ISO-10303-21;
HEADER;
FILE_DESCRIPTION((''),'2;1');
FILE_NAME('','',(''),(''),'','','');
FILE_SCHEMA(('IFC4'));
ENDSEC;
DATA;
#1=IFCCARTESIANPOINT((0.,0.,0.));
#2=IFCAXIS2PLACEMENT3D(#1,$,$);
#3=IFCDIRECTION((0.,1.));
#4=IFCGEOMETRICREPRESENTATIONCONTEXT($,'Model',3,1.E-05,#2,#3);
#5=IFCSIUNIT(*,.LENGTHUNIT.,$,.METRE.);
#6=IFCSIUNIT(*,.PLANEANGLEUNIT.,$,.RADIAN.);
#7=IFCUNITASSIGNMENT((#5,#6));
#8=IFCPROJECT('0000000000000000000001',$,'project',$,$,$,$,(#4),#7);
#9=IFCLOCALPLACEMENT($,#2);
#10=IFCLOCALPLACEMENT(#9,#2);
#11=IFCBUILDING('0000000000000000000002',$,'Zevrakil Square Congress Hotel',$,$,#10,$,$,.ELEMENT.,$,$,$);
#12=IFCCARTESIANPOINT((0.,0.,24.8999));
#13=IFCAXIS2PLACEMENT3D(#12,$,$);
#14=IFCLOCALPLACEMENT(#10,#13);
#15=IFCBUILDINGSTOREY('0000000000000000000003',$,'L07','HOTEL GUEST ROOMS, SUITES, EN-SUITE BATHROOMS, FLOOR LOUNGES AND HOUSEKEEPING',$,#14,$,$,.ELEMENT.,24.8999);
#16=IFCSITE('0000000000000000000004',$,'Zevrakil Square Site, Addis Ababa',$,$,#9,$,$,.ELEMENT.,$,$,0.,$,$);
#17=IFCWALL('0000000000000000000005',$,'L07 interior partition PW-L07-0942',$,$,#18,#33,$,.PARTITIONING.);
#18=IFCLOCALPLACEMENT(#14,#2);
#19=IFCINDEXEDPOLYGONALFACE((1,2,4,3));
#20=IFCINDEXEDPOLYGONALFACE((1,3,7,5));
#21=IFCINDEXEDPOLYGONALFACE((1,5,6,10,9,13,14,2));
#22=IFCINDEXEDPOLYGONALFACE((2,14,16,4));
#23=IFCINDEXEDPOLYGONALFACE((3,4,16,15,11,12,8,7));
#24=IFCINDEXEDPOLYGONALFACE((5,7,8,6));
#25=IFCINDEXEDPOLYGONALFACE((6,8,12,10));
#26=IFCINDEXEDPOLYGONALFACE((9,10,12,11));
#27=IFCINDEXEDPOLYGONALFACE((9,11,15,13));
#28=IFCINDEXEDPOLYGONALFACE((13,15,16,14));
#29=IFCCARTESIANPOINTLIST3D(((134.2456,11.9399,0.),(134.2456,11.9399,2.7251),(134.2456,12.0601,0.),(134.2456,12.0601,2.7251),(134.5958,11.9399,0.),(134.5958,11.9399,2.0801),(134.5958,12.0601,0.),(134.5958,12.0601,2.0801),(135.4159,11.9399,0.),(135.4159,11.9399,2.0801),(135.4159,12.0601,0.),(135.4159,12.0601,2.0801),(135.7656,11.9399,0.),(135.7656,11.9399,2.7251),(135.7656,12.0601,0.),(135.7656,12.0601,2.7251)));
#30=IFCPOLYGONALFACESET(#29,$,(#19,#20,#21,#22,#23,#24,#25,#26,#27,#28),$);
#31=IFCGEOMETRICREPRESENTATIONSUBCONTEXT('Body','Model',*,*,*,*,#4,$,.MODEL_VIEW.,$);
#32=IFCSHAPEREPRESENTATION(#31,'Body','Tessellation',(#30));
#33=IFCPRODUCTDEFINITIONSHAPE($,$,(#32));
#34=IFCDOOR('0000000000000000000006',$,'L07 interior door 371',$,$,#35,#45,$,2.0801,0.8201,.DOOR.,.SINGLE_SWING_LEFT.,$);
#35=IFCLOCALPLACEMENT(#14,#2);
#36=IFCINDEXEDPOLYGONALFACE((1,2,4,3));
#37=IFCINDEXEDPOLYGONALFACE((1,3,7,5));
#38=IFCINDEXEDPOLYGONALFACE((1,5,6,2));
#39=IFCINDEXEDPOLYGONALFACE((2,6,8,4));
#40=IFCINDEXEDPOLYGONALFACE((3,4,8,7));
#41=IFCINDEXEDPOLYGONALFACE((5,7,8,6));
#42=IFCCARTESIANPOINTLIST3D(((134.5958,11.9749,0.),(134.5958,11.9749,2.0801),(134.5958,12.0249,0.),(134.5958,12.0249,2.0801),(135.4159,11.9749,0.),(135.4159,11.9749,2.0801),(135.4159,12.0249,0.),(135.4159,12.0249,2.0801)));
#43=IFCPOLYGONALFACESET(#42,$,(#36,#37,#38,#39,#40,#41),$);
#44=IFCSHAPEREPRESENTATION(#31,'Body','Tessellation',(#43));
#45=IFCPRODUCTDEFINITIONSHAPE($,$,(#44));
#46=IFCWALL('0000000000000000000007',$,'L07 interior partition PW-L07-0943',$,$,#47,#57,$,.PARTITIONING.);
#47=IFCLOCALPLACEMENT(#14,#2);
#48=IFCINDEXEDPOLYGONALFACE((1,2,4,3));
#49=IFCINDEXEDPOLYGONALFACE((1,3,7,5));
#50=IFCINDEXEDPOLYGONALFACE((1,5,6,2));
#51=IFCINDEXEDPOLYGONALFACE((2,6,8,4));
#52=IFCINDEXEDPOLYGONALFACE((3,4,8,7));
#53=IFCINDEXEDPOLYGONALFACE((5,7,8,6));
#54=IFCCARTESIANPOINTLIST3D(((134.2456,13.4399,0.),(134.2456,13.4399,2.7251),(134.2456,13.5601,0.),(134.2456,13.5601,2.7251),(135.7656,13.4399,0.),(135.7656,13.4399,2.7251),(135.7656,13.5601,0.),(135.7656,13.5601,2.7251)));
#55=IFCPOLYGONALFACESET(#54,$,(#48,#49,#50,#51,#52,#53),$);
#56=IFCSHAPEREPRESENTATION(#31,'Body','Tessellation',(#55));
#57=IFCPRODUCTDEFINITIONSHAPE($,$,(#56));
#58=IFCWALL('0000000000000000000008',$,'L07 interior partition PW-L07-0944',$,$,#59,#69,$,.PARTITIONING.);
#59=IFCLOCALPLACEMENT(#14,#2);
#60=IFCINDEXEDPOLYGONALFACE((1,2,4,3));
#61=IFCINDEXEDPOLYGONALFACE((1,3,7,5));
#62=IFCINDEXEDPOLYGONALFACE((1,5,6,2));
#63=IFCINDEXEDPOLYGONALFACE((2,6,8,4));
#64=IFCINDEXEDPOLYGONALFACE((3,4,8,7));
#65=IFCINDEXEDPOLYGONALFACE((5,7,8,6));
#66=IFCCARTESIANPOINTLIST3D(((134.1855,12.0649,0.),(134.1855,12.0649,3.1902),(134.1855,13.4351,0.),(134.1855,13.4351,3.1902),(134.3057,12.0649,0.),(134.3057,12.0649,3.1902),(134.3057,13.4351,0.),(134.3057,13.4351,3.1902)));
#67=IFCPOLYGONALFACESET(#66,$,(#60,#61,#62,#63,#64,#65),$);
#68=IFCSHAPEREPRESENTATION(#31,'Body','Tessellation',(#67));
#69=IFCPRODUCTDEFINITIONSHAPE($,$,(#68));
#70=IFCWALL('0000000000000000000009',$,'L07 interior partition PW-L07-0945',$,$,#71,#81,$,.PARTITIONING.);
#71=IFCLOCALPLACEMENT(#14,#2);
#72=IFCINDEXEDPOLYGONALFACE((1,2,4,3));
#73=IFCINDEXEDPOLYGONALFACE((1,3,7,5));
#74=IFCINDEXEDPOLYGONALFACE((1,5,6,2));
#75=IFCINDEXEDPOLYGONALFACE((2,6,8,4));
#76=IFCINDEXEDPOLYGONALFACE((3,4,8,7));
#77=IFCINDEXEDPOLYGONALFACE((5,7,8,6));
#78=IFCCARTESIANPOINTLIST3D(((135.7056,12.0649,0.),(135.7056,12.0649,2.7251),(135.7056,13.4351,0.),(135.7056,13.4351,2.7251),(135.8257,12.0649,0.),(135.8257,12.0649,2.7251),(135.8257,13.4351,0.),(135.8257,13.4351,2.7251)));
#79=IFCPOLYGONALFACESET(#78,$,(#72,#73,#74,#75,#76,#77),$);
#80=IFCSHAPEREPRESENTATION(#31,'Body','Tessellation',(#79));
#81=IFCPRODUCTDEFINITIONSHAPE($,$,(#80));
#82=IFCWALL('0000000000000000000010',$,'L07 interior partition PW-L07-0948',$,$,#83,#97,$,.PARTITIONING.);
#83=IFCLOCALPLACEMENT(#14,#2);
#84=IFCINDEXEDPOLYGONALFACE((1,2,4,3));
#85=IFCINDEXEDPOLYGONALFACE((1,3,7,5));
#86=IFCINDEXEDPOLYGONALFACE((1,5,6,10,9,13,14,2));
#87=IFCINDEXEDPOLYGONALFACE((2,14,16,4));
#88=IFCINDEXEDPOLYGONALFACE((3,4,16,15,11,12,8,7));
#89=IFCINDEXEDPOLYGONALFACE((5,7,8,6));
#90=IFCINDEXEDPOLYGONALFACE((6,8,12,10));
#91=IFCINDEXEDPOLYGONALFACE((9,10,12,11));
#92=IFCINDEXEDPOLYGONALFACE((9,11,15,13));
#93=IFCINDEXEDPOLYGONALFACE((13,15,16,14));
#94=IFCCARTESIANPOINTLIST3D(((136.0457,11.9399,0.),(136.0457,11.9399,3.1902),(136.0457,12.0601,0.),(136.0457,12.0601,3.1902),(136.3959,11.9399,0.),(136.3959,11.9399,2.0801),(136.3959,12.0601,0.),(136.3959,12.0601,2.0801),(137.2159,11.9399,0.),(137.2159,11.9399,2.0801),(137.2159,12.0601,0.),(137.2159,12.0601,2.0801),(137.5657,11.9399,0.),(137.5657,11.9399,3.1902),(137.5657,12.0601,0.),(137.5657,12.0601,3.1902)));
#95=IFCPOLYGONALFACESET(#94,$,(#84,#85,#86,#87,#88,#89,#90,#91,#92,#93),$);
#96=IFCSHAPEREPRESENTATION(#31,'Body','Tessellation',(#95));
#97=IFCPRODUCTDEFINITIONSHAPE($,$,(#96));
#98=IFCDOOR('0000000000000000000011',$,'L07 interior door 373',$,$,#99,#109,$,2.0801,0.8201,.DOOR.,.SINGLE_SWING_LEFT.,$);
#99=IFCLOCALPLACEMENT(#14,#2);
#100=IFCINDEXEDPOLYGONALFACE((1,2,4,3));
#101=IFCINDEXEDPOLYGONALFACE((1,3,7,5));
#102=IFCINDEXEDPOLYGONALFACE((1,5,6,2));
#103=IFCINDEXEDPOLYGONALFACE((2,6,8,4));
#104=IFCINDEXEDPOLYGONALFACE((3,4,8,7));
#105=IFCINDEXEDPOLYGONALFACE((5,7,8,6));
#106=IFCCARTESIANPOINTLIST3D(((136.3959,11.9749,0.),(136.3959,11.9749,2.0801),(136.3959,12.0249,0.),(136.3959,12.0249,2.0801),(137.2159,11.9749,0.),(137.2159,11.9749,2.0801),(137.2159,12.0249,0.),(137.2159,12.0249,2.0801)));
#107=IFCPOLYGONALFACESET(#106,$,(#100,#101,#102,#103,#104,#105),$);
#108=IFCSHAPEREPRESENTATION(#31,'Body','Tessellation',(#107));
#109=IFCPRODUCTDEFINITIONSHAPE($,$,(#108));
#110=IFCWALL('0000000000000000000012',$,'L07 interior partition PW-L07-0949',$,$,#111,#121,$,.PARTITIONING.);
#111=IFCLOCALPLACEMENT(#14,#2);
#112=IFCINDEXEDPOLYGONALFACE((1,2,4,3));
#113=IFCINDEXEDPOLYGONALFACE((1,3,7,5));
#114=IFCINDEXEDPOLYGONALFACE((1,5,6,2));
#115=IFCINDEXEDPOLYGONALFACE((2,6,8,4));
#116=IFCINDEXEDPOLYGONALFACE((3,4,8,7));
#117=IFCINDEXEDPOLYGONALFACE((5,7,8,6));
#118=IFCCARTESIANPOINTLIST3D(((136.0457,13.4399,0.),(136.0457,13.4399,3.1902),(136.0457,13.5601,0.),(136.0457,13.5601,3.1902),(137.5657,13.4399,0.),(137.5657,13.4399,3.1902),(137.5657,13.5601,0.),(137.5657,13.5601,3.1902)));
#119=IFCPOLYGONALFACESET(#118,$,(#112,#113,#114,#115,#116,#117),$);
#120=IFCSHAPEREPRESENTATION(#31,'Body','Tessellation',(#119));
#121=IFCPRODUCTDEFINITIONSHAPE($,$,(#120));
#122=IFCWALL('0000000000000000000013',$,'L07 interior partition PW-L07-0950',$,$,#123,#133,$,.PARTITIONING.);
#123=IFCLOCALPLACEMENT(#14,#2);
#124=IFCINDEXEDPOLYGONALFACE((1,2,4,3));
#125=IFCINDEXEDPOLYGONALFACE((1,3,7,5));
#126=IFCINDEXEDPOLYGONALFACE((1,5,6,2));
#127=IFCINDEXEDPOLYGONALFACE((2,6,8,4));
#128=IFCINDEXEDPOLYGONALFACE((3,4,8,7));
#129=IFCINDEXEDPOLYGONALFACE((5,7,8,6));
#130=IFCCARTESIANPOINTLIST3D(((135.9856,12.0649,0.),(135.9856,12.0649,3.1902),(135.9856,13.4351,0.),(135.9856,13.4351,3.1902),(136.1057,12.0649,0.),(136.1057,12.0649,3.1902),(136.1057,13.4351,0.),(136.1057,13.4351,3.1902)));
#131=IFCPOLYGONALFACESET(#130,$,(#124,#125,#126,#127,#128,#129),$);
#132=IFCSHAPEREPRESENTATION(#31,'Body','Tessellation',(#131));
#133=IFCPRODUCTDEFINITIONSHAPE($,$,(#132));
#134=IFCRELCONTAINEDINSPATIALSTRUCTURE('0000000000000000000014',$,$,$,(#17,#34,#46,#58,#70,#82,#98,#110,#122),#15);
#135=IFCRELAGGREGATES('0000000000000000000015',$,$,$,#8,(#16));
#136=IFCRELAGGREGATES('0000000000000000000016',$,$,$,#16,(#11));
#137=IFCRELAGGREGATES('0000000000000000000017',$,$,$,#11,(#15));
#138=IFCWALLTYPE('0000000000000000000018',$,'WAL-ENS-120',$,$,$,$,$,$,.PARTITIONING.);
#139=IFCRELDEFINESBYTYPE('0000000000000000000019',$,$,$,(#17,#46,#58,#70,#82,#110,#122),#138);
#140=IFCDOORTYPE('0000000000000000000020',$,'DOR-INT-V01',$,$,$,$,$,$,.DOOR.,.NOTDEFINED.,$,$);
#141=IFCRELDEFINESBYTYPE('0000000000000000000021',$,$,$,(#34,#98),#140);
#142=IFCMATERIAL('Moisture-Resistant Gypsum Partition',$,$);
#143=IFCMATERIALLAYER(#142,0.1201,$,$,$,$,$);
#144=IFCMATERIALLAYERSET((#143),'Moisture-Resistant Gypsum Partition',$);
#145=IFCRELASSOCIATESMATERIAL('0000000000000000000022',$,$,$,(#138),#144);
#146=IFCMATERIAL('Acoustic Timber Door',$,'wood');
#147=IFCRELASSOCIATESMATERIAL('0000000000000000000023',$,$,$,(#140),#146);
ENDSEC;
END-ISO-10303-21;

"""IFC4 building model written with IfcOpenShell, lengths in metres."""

from ifc_helpers import new_model, si_unit, direction, frame, frame_2d, origin, place, context, subcontext, project, spatial, rectangle, extrude, material, layer, layer_set, type_object, element, fill, save


model = new_model("IFC4")

# Units and contexts
model_context = context("Model", 3, precision=1e-05, world=origin(), true_north=direction((0.0, 1.0)))
body_context = subcontext(model_context, "Body", "Model", "MODEL_VIEW")
ifc_project = project(units=[si_unit("LENGTHUNIT", "METRE"), si_unit("PLANEANGLEUNIT", "RADIAN")], contexts=[model_context])

# Site, building, storey
site_placement = place(None, origin())
site = spatial("IfcSite", under=ifc_project, at=site_placement, Name="Zevrakil Square Site, Addis Ababa", CompositionType="ELEMENT", RefElevation=0.0)
building_placement = place(site_placement, origin())
building = spatial("IfcBuilding", under=site, at=building_placement, Name="Zevrakil Square Congress Hotel", CompositionType="ELEMENT")
storey_placement = place(building_placement, frame((0.0, 0.0, 24.8999)))
storey = spatial("IfcBuildingStorey", under=building, at=storey_placement, Name="L07", Description="HOTEL GUEST ROOMS, SUITES, EN-SUITE BATHROOMS, FLOOR LOUNGES AND HOUSEKEEPING", CompositionType="ELEMENT", Elevation=24.8999)

# Wall, opening, door
ifc_material_1 = material(Name="Moisture-Resistant Gypsum Partition")
ifc_layer_1 = layer(ifc_material_1, 0.1201)
ifc_layer_set_1 = layer_set([ifc_layer_1], Name="Moisture-Resistant Gypsum Partition")
wall_type_1 = type_object("IfcWallType", Name="WAL-ENS-120", PredefinedType="PARTITIONING", material=ifc_layer_set_1)
wall_1_placement = place(storey_placement, frame((134.2456, 12.0, 0.0), z_axis=(0.0, 0.0, 1.0), x_axis=(1.0, 0.0, 0.0)))
wall_1 = element("IfcWall", 1, at=wall_1_placement, inside=storey, type_object=wall_type_1, Name="L07 interior partition PW-L07-0942", PredefinedType="PARTITIONING", context=body_context, shape_type="SweptSolid", body=[
    extrude(rectangle(XDim=1.52, YDim=0.1201, at=frame_2d((0.76, 0.0))), origin(), (0.0, 0.0, 1.0), 2.7251),
])
opening_1_placement = place(wall_1_placement, frame((0.3501, 0.0, 0.0)))
opening_1 = element("IfcOpeningElement", 2, at=opening_1_placement, cuts=wall_1, PredefinedType="OPENING", context=body_context, shape_type="SweptSolid", body=[
    extrude(rectangle(XDim=0.8201, YDim=2.0801, at=frame_2d((0.4102, 1.04))), frame((0.0, 0.0701, 0.0), z_axis=(0.0, -1.0, 0.0), x_axis=(1.0, 0.0, 0.0)), (0.0, 0.0, 1.0), 0.1401),
])
ifc_material_2 = material(Name="Acoustic Timber Door", Category="wood")
door_type_1 = type_object("IfcDoorType", Name="DOR-INT-V01", OperationType="NOTDEFINED", PredefinedType="DOOR", material=ifc_material_2)
door_1_placement = place(opening_1_placement, origin())
door_1 = element("IfcDoor", 3, at=door_1_placement, inside=storey, type_object=door_type_1, Name="L07 interior door 371", OperationType="SINGLE_SWING_LEFT", OverallHeight=2.0801, OverallWidth=0.8201, PredefinedType="DOOR", context=body_context, shape_type="SweptSolid", body=[
    extrude(rectangle(XDim=0.8201, YDim=2.0801, at=frame_2d((0.4102, 1.04))), frame((0.0, 0.0249, 0.0), z_axis=(0.0, -1.0, 0.0), x_axis=(1.0, 0.0, 0.0)), (0.0, 0.0, 1.0), 0.05),
])
fill(opening_1, door_1)

# Walls
wall_2_placement = place(storey_placement, frame((134.2456, 13.5, 0.0), z_axis=(0.0, 0.0, 1.0), x_axis=(1.0, 0.0, 0.0)))
element("IfcWall", 4, at=wall_2_placement, inside=storey, type_object=wall_type_1, Name="L07 interior partition PW-L07-0943", PredefinedType="PARTITIONING", context=body_context, shape_type="SweptSolid", body=[
    extrude(rectangle(XDim=1.52, YDim=0.1201, at=frame_2d((0.76, 0.0))), origin(), (0.0, 0.0, 1.0), 2.7251),
])
wall_3_placement = place(storey_placement, frame((134.2456, 12.0649, 0.0), z_axis=(0.0, 0.0, 1.0), x_axis=(0.0, 1.0, 0.0)))
element("IfcWall", 5, at=wall_3_placement, inside=storey, type_object=wall_type_1, Name="L07 interior partition PW-L07-0944", PredefinedType="PARTITIONING", context=body_context, shape_type="SweptSolid", body=[
    extrude(rectangle(XDim=1.3701, YDim=0.1201, at=frame_2d((0.6851, 0.0))), origin(), (0.0, 0.0, 1.0), 3.1902),
])
wall_4_placement = place(storey_placement, frame((135.7656, 12.0649, 0.0), z_axis=(0.0, 0.0, 1.0), x_axis=(0.0, 1.0, 0.0)))
element("IfcWall", 6, at=wall_4_placement, inside=storey, type_object=wall_type_1, Name="L07 interior partition PW-L07-0945", PredefinedType="PARTITIONING", context=body_context, shape_type="SweptSolid", body=[
    extrude(rectangle(XDim=1.3701, YDim=0.1201, at=frame_2d((0.6851, 0.0))), origin(), (0.0, 0.0, 1.0), 2.7251),
])

# Wall, opening, door
wall_5_placement = place(storey_placement, frame((136.0457, 12.0, 0.0), z_axis=(0.0, 0.0, 1.0), x_axis=(1.0, 0.0, 0.0)))
wall_5 = element("IfcWall", 7, at=wall_5_placement, inside=storey, type_object=wall_type_1, Name="L07 interior partition PW-L07-0948", PredefinedType="PARTITIONING", context=body_context, shape_type="SweptSolid", body=[
    extrude(rectangle(XDim=1.52, YDim=0.1201, at=frame_2d((0.76, 0.0))), origin(), (0.0, 0.0, 1.0), 3.1902),
])
opening_2_placement = place(wall_5_placement, frame((0.3501, 0.0, 0.0)))
opening_2 = element("IfcOpeningElement", 8, at=opening_2_placement, cuts=wall_5, PredefinedType="OPENING", context=body_context, shape_type="SweptSolid", body=[
    extrude(rectangle(XDim=0.8201, YDim=2.0801, at=frame_2d((0.4102, 1.04))), frame((0.0, 0.0701, 0.0), z_axis=(0.0, -1.0, 0.0), x_axis=(1.0, 0.0, 0.0)), (0.0, 0.0, 1.0), 0.1401),
])
door_2_placement = place(opening_2_placement, origin())
door_2 = element("IfcDoor", 9, at=door_2_placement, inside=storey, type_object=door_type_1, Name="L07 interior door 373", OperationType="SINGLE_SWING_LEFT", OverallHeight=2.0801, OverallWidth=0.8201, PredefinedType="DOOR", context=body_context, shape_type="SweptSolid", body=[
    extrude(rectangle(XDim=0.8201, YDim=2.0801, at=frame_2d((0.4102, 1.04))), frame((0.0, 0.0249, 0.0), z_axis=(0.0, -1.0, 0.0), x_axis=(1.0, 0.0, 0.0)), (0.0, 0.0, 1.0), 0.05),
])
fill(opening_2, door_2)

# Walls
wall_6_placement = place(storey_placement, frame((136.0457, 13.5, 0.0), z_axis=(0.0, 0.0, 1.0), x_axis=(1.0, 0.0, 0.0)))
element("IfcWall", 10, at=wall_6_placement, inside=storey, type_object=wall_type_1, Name="L07 interior partition PW-L07-0949", PredefinedType="PARTITIONING", context=body_context, shape_type="SweptSolid", body=[
    extrude(rectangle(XDim=1.52, YDim=0.1201, at=frame_2d((0.76, 0.0))), origin(), (0.0, 0.0, 1.0), 3.1902),
])
wall_7_placement = place(storey_placement, frame((136.0457, 12.0649, 0.0), z_axis=(0.0, 0.0, 1.0), x_axis=(0.0, 1.0, 0.0)))
element("IfcWall", 11, at=wall_7_placement, inside=storey, type_object=wall_type_1, Name="L07 interior partition PW-L07-0950", PredefinedType="PARTITIONING", context=body_context, shape_type="SweptSolid", body=[
    extrude(rectangle(XDim=1.3701, YDim=0.1201, at=frame_2d((0.6851, 0.0))), origin(), (0.0, 0.0, 1.0), 3.1902),
])

save(model, "model.ifc")
